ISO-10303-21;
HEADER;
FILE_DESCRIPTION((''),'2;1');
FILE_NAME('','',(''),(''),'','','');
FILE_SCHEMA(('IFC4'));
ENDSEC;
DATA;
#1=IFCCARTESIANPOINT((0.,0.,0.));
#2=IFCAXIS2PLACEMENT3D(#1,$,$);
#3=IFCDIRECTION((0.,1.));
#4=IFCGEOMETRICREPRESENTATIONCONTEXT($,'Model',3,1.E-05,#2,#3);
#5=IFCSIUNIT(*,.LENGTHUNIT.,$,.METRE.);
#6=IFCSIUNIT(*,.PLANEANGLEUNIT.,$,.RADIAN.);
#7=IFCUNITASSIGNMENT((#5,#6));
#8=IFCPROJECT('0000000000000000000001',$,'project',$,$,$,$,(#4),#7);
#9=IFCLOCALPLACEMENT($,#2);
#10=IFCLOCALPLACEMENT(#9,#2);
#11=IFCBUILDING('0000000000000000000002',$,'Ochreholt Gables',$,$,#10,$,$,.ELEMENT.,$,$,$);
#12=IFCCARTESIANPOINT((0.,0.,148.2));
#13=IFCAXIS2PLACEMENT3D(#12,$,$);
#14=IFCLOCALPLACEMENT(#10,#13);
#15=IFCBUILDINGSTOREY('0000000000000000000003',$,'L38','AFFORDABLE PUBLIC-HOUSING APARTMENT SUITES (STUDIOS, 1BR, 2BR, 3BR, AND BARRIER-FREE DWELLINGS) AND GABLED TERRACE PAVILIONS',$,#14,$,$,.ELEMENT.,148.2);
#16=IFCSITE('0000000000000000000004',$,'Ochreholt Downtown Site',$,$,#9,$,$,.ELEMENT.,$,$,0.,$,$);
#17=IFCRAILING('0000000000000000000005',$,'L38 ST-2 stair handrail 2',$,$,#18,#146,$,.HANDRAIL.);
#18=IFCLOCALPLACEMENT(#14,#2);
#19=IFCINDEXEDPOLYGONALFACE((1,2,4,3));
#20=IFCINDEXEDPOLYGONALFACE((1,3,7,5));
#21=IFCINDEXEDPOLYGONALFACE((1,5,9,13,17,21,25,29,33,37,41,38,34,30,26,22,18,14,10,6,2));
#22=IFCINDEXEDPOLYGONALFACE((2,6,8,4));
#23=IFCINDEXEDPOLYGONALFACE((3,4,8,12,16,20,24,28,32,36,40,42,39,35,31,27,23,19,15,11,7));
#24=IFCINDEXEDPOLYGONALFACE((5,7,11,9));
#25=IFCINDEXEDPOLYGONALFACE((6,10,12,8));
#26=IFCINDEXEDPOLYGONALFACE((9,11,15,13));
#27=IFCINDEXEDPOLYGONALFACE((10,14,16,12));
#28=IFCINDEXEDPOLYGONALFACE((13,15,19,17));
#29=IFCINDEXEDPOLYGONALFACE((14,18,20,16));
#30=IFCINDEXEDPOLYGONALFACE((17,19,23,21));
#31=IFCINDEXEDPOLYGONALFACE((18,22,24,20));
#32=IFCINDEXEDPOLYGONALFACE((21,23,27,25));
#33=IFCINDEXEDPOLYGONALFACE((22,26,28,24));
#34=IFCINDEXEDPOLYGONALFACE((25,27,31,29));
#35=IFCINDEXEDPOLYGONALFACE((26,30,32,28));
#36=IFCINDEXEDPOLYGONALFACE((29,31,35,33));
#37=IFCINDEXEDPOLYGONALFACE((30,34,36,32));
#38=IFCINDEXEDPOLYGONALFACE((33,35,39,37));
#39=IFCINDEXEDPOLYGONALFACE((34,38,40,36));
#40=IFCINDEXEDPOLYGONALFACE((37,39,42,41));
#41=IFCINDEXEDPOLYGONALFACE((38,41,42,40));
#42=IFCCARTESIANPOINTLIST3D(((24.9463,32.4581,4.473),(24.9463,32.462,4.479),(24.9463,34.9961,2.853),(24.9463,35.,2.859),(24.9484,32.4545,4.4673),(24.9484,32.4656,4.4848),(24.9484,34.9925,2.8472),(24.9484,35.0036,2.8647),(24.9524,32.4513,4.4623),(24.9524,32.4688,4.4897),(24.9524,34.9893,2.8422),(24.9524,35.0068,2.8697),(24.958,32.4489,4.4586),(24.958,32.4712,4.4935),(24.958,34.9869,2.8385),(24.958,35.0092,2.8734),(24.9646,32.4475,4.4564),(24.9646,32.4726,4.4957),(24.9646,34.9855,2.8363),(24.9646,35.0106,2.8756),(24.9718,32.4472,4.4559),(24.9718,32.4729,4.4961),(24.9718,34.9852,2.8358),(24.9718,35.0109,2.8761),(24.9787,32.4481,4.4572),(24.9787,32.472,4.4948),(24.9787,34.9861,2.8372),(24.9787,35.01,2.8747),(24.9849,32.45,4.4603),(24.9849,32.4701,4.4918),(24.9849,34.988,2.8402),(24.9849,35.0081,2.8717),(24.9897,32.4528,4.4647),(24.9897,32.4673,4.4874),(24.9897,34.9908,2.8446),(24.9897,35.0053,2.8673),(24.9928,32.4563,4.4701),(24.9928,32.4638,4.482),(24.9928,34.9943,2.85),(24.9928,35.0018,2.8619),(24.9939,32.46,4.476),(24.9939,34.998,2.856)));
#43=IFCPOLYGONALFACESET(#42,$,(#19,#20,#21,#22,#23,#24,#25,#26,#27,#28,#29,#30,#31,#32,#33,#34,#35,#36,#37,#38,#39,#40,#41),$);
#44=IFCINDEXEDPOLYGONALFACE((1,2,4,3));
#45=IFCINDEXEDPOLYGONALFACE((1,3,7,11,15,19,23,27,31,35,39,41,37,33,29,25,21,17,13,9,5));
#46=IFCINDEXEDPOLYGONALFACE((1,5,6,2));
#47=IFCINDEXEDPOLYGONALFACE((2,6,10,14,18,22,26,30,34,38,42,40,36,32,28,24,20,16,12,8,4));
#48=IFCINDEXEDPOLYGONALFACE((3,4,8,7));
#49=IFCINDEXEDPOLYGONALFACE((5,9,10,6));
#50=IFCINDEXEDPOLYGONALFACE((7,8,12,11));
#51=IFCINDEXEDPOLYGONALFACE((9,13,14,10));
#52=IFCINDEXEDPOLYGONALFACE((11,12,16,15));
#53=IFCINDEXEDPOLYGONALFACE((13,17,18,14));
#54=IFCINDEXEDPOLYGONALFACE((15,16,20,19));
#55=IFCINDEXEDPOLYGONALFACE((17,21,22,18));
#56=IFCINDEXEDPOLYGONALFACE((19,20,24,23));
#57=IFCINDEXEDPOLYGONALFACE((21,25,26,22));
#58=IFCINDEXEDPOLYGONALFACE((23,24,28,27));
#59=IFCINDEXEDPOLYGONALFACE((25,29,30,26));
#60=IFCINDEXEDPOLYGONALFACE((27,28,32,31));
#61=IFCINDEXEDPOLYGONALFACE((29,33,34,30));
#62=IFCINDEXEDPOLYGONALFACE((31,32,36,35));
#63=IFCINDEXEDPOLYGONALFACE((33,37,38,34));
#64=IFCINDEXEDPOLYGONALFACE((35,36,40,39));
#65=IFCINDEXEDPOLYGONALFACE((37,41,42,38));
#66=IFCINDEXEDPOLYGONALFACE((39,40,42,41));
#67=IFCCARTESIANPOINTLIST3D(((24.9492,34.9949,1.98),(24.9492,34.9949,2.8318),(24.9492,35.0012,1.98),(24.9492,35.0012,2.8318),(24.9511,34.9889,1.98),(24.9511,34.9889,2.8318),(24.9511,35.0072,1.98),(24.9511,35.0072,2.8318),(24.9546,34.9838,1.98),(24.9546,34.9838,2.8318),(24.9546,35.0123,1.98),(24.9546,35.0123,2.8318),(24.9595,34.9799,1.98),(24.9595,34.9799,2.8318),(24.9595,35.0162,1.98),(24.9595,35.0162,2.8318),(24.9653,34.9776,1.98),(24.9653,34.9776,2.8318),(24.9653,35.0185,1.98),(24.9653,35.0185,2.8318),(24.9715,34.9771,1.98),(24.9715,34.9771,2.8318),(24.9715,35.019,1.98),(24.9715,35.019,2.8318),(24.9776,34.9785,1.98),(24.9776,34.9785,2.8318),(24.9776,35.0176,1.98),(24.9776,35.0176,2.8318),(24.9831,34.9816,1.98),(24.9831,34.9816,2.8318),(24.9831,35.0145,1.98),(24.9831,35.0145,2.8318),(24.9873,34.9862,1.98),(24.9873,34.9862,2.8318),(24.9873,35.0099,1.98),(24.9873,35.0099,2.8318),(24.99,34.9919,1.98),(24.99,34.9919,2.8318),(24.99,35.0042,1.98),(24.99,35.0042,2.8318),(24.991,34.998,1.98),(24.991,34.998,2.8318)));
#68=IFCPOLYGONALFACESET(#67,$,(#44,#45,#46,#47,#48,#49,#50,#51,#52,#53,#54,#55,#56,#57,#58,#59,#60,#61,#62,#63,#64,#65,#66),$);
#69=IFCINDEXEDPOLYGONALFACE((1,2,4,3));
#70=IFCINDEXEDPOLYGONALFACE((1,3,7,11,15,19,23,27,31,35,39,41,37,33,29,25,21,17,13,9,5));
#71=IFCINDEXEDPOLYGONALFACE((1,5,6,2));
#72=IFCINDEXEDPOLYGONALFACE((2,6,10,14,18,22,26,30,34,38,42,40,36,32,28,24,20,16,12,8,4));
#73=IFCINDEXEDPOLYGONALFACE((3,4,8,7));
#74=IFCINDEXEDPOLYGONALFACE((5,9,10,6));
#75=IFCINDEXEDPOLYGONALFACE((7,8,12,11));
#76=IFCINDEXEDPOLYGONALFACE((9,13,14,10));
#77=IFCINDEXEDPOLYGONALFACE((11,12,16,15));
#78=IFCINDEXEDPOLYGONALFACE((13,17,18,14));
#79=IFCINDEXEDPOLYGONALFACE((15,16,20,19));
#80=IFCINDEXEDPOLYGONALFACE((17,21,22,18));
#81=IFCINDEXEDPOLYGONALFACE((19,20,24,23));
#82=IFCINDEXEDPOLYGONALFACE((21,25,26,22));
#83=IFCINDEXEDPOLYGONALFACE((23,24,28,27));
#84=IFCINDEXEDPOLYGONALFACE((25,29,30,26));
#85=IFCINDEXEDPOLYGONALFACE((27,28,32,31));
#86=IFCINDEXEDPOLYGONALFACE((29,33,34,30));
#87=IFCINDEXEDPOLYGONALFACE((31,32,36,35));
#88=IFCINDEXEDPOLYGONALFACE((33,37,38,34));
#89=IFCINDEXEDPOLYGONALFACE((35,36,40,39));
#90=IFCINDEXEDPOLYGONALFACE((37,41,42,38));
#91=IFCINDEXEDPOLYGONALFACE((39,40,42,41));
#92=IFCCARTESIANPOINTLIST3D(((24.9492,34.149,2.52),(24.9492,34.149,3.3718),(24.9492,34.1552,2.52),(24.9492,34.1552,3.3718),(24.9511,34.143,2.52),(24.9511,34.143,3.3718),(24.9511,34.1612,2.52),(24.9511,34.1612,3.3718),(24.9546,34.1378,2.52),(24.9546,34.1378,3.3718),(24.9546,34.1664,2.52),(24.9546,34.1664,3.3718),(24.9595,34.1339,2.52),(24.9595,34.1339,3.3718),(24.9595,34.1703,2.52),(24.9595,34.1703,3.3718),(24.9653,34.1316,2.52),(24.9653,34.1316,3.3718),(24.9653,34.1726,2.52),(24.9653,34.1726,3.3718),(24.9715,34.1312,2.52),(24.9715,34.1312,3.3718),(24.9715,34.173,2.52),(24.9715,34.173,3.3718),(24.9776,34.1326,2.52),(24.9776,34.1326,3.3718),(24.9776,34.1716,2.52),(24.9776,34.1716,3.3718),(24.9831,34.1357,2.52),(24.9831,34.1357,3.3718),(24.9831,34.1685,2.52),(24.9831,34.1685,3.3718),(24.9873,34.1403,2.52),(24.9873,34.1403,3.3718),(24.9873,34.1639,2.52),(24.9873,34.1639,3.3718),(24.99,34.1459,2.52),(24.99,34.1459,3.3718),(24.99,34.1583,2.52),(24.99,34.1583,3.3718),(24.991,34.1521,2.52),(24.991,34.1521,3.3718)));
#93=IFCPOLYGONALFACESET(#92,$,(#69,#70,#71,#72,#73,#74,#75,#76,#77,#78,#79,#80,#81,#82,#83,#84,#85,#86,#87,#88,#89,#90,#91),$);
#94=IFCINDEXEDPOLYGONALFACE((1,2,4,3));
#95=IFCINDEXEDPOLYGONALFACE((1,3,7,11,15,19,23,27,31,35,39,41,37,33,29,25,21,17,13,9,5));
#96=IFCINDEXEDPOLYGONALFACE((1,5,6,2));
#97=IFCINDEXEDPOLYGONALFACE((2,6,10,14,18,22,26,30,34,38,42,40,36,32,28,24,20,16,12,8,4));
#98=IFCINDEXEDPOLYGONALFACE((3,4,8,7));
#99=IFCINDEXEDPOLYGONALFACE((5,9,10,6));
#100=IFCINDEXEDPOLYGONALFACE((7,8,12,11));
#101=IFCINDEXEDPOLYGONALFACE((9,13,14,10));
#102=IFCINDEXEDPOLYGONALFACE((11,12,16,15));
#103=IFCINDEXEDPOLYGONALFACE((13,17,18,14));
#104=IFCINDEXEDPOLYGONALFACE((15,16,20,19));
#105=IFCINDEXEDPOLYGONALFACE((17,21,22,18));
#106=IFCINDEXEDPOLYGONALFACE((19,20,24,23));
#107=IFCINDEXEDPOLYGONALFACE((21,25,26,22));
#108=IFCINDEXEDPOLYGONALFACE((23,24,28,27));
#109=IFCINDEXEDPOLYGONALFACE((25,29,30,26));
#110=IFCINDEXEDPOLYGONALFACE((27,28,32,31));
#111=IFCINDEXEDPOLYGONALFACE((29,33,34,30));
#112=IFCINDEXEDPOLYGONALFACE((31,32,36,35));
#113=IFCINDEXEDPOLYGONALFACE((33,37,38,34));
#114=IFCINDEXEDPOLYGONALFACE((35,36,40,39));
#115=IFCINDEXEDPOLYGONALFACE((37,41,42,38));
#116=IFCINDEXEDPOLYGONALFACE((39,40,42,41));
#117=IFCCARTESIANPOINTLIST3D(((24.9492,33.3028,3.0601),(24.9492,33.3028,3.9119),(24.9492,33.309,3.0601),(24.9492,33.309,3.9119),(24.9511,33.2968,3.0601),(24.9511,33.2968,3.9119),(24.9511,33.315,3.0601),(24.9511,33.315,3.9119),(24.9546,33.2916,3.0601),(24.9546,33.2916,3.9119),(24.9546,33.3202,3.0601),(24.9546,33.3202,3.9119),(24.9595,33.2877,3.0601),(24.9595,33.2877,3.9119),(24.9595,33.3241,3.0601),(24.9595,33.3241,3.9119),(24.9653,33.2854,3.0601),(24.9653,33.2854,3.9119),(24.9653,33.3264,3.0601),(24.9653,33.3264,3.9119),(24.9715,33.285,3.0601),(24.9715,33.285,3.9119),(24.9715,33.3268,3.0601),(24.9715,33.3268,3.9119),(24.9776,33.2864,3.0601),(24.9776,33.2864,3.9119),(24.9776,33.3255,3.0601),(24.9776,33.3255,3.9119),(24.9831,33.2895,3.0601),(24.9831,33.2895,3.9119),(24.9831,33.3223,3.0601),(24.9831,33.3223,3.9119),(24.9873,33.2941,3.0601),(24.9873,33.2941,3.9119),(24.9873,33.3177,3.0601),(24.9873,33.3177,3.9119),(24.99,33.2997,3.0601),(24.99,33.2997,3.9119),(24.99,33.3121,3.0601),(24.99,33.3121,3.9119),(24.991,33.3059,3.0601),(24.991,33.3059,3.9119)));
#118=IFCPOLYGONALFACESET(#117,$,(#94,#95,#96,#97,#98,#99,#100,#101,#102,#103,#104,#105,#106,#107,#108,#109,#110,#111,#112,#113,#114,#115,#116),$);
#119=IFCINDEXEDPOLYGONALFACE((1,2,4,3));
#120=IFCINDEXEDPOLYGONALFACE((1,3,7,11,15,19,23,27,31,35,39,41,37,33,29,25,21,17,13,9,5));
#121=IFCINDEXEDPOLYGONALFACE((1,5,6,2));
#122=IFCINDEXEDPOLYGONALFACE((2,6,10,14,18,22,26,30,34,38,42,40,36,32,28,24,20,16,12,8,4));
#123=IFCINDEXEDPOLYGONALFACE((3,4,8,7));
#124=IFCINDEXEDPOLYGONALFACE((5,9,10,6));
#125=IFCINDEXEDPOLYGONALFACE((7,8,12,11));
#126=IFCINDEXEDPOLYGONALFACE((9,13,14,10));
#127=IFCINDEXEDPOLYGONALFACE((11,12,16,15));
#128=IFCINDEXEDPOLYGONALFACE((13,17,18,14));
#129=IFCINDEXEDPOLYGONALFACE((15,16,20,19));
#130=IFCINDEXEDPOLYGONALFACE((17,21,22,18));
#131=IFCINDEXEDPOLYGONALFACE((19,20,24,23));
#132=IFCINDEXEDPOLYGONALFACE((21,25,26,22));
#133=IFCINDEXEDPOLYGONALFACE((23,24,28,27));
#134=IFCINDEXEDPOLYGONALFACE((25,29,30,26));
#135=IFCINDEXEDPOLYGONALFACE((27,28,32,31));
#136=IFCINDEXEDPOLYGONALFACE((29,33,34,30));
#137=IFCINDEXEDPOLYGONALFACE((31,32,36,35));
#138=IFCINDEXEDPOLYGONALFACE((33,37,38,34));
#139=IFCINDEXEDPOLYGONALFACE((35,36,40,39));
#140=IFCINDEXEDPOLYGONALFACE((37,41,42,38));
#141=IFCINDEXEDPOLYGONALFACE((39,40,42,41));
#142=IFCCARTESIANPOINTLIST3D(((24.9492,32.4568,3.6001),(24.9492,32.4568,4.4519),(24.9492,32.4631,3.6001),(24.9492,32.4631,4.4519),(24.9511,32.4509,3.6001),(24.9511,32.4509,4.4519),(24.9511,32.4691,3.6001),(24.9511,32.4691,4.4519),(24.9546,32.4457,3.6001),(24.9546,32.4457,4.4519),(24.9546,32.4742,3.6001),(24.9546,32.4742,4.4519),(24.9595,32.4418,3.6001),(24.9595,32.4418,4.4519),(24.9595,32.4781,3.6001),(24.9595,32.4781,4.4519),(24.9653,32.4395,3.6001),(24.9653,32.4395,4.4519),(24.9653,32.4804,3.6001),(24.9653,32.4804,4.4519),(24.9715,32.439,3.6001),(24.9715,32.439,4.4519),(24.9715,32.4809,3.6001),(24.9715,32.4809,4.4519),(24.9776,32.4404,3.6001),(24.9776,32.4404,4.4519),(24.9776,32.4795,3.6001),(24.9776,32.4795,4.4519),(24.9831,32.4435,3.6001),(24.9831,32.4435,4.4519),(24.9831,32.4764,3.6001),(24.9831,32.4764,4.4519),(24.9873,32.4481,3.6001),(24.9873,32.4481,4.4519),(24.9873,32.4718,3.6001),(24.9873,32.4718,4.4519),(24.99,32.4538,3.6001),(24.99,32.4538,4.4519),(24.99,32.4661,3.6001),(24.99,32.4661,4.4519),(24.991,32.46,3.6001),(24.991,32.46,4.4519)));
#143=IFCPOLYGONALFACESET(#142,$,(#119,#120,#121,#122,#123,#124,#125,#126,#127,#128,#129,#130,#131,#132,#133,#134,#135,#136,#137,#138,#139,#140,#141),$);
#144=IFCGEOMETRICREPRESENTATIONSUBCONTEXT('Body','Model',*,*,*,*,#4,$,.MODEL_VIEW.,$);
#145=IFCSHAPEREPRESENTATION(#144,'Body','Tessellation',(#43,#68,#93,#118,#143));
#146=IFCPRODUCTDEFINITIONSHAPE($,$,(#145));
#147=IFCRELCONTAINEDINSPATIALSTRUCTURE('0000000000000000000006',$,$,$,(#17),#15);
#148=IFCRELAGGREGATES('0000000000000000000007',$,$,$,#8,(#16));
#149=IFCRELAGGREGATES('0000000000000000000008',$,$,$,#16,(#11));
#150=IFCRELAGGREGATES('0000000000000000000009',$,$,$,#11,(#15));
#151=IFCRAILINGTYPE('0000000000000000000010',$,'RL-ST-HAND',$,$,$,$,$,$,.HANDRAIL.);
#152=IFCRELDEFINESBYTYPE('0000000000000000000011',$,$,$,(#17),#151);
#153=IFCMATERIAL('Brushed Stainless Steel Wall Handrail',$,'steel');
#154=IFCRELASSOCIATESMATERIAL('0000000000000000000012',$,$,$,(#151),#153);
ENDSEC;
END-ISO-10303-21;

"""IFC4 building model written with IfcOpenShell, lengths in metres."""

from ifc_helpers import new_model, si_unit, direction, frame, origin, origin_2d, place, context, subcontext, project, spatial, circle, extrude, material, type_object, element, save


model = new_model("IFC4")

# Units and contexts
model_context = context("Model", 3, precision=1e-05, world=origin(), true_north=direction((0.0, 1.0)))
body_context = subcontext(model_context, "Body", "Model", "MODEL_VIEW")
ifc_project = project(units=[si_unit("LENGTHUNIT", "METRE"), si_unit("PLANEANGLEUNIT", "RADIAN")], contexts=[model_context])

# Site, building, storey
site_placement = place(None, origin())
site = spatial("IfcSite", under=ifc_project, at=site_placement, Name="Ochreholt Downtown Site", CompositionType="ELEMENT", RefElevation=0.0)
building_placement = place(site_placement, origin())
building = spatial("IfcBuilding", under=site, at=building_placement, Name="Ochreholt Gables", CompositionType="ELEMENT")
storey_placement = place(building_placement, frame((0.0, 0.0, 148.2)))
storey = spatial("IfcBuildingStorey", under=building, at=storey_placement, Name="L38", Description="AFFORDABLE PUBLIC-HOUSING APARTMENT SUITES (STUDIOS, 1BR, 2BR, 3BR, AND BARRIER-FREE DWELLINGS) AND GABLED TERRACE PAVILIONS", CompositionType="ELEMENT", Elevation=148.2)

# Railing
ifc_material_1 = material(Name="Brushed Stainless Steel Wall Handrail", Category="steel")
railing_type_1 = type_object("IfcRailingType", Name="RL-ST-HAND", PredefinedType="HANDRAIL", material=ifc_material_1)
railing_1_placement = place(storey_placement, frame((24.97, 34.998, 1.98)))
element("IfcRailing", 1, at=railing_1_placement, inside=storey, type_object=railing_type_1, Name="L38 ST-2 stair handrail 2", PredefinedType="HANDRAIL", context=body_context, shape_type="SweptSolid", body=[
    extrude(circle(Radius=0.0239, at=origin_2d()), frame((0.0, 0.0, 0.876), z_axis=(0.0, -0.842913, 0.53805), x_axis=(1.0, 0.0, 0.0)), (0.0, 0.0, 1.0), 3.011),
    extrude(circle(Radius=0.021, at=origin_2d()), origin(), (0.0, 0.0, 1.0), 0.8518),
    extrude(circle(Radius=0.021, at=origin_2d()), frame((0.0, -0.8459, 0.54)), (0.0, 0.0, 1.0), 0.8518),
    extrude(circle(Radius=0.021, at=origin_2d()), frame((0.0, -1.6921, 1.0801)), (0.0, 0.0, 1.0), 0.8518),
    extrude(circle(Radius=0.021, at=origin_2d()), frame((0.0, -2.5381, 1.6201)), (0.0, 0.0, 1.0), 0.8518),
])

save(model, "model.ifc")
